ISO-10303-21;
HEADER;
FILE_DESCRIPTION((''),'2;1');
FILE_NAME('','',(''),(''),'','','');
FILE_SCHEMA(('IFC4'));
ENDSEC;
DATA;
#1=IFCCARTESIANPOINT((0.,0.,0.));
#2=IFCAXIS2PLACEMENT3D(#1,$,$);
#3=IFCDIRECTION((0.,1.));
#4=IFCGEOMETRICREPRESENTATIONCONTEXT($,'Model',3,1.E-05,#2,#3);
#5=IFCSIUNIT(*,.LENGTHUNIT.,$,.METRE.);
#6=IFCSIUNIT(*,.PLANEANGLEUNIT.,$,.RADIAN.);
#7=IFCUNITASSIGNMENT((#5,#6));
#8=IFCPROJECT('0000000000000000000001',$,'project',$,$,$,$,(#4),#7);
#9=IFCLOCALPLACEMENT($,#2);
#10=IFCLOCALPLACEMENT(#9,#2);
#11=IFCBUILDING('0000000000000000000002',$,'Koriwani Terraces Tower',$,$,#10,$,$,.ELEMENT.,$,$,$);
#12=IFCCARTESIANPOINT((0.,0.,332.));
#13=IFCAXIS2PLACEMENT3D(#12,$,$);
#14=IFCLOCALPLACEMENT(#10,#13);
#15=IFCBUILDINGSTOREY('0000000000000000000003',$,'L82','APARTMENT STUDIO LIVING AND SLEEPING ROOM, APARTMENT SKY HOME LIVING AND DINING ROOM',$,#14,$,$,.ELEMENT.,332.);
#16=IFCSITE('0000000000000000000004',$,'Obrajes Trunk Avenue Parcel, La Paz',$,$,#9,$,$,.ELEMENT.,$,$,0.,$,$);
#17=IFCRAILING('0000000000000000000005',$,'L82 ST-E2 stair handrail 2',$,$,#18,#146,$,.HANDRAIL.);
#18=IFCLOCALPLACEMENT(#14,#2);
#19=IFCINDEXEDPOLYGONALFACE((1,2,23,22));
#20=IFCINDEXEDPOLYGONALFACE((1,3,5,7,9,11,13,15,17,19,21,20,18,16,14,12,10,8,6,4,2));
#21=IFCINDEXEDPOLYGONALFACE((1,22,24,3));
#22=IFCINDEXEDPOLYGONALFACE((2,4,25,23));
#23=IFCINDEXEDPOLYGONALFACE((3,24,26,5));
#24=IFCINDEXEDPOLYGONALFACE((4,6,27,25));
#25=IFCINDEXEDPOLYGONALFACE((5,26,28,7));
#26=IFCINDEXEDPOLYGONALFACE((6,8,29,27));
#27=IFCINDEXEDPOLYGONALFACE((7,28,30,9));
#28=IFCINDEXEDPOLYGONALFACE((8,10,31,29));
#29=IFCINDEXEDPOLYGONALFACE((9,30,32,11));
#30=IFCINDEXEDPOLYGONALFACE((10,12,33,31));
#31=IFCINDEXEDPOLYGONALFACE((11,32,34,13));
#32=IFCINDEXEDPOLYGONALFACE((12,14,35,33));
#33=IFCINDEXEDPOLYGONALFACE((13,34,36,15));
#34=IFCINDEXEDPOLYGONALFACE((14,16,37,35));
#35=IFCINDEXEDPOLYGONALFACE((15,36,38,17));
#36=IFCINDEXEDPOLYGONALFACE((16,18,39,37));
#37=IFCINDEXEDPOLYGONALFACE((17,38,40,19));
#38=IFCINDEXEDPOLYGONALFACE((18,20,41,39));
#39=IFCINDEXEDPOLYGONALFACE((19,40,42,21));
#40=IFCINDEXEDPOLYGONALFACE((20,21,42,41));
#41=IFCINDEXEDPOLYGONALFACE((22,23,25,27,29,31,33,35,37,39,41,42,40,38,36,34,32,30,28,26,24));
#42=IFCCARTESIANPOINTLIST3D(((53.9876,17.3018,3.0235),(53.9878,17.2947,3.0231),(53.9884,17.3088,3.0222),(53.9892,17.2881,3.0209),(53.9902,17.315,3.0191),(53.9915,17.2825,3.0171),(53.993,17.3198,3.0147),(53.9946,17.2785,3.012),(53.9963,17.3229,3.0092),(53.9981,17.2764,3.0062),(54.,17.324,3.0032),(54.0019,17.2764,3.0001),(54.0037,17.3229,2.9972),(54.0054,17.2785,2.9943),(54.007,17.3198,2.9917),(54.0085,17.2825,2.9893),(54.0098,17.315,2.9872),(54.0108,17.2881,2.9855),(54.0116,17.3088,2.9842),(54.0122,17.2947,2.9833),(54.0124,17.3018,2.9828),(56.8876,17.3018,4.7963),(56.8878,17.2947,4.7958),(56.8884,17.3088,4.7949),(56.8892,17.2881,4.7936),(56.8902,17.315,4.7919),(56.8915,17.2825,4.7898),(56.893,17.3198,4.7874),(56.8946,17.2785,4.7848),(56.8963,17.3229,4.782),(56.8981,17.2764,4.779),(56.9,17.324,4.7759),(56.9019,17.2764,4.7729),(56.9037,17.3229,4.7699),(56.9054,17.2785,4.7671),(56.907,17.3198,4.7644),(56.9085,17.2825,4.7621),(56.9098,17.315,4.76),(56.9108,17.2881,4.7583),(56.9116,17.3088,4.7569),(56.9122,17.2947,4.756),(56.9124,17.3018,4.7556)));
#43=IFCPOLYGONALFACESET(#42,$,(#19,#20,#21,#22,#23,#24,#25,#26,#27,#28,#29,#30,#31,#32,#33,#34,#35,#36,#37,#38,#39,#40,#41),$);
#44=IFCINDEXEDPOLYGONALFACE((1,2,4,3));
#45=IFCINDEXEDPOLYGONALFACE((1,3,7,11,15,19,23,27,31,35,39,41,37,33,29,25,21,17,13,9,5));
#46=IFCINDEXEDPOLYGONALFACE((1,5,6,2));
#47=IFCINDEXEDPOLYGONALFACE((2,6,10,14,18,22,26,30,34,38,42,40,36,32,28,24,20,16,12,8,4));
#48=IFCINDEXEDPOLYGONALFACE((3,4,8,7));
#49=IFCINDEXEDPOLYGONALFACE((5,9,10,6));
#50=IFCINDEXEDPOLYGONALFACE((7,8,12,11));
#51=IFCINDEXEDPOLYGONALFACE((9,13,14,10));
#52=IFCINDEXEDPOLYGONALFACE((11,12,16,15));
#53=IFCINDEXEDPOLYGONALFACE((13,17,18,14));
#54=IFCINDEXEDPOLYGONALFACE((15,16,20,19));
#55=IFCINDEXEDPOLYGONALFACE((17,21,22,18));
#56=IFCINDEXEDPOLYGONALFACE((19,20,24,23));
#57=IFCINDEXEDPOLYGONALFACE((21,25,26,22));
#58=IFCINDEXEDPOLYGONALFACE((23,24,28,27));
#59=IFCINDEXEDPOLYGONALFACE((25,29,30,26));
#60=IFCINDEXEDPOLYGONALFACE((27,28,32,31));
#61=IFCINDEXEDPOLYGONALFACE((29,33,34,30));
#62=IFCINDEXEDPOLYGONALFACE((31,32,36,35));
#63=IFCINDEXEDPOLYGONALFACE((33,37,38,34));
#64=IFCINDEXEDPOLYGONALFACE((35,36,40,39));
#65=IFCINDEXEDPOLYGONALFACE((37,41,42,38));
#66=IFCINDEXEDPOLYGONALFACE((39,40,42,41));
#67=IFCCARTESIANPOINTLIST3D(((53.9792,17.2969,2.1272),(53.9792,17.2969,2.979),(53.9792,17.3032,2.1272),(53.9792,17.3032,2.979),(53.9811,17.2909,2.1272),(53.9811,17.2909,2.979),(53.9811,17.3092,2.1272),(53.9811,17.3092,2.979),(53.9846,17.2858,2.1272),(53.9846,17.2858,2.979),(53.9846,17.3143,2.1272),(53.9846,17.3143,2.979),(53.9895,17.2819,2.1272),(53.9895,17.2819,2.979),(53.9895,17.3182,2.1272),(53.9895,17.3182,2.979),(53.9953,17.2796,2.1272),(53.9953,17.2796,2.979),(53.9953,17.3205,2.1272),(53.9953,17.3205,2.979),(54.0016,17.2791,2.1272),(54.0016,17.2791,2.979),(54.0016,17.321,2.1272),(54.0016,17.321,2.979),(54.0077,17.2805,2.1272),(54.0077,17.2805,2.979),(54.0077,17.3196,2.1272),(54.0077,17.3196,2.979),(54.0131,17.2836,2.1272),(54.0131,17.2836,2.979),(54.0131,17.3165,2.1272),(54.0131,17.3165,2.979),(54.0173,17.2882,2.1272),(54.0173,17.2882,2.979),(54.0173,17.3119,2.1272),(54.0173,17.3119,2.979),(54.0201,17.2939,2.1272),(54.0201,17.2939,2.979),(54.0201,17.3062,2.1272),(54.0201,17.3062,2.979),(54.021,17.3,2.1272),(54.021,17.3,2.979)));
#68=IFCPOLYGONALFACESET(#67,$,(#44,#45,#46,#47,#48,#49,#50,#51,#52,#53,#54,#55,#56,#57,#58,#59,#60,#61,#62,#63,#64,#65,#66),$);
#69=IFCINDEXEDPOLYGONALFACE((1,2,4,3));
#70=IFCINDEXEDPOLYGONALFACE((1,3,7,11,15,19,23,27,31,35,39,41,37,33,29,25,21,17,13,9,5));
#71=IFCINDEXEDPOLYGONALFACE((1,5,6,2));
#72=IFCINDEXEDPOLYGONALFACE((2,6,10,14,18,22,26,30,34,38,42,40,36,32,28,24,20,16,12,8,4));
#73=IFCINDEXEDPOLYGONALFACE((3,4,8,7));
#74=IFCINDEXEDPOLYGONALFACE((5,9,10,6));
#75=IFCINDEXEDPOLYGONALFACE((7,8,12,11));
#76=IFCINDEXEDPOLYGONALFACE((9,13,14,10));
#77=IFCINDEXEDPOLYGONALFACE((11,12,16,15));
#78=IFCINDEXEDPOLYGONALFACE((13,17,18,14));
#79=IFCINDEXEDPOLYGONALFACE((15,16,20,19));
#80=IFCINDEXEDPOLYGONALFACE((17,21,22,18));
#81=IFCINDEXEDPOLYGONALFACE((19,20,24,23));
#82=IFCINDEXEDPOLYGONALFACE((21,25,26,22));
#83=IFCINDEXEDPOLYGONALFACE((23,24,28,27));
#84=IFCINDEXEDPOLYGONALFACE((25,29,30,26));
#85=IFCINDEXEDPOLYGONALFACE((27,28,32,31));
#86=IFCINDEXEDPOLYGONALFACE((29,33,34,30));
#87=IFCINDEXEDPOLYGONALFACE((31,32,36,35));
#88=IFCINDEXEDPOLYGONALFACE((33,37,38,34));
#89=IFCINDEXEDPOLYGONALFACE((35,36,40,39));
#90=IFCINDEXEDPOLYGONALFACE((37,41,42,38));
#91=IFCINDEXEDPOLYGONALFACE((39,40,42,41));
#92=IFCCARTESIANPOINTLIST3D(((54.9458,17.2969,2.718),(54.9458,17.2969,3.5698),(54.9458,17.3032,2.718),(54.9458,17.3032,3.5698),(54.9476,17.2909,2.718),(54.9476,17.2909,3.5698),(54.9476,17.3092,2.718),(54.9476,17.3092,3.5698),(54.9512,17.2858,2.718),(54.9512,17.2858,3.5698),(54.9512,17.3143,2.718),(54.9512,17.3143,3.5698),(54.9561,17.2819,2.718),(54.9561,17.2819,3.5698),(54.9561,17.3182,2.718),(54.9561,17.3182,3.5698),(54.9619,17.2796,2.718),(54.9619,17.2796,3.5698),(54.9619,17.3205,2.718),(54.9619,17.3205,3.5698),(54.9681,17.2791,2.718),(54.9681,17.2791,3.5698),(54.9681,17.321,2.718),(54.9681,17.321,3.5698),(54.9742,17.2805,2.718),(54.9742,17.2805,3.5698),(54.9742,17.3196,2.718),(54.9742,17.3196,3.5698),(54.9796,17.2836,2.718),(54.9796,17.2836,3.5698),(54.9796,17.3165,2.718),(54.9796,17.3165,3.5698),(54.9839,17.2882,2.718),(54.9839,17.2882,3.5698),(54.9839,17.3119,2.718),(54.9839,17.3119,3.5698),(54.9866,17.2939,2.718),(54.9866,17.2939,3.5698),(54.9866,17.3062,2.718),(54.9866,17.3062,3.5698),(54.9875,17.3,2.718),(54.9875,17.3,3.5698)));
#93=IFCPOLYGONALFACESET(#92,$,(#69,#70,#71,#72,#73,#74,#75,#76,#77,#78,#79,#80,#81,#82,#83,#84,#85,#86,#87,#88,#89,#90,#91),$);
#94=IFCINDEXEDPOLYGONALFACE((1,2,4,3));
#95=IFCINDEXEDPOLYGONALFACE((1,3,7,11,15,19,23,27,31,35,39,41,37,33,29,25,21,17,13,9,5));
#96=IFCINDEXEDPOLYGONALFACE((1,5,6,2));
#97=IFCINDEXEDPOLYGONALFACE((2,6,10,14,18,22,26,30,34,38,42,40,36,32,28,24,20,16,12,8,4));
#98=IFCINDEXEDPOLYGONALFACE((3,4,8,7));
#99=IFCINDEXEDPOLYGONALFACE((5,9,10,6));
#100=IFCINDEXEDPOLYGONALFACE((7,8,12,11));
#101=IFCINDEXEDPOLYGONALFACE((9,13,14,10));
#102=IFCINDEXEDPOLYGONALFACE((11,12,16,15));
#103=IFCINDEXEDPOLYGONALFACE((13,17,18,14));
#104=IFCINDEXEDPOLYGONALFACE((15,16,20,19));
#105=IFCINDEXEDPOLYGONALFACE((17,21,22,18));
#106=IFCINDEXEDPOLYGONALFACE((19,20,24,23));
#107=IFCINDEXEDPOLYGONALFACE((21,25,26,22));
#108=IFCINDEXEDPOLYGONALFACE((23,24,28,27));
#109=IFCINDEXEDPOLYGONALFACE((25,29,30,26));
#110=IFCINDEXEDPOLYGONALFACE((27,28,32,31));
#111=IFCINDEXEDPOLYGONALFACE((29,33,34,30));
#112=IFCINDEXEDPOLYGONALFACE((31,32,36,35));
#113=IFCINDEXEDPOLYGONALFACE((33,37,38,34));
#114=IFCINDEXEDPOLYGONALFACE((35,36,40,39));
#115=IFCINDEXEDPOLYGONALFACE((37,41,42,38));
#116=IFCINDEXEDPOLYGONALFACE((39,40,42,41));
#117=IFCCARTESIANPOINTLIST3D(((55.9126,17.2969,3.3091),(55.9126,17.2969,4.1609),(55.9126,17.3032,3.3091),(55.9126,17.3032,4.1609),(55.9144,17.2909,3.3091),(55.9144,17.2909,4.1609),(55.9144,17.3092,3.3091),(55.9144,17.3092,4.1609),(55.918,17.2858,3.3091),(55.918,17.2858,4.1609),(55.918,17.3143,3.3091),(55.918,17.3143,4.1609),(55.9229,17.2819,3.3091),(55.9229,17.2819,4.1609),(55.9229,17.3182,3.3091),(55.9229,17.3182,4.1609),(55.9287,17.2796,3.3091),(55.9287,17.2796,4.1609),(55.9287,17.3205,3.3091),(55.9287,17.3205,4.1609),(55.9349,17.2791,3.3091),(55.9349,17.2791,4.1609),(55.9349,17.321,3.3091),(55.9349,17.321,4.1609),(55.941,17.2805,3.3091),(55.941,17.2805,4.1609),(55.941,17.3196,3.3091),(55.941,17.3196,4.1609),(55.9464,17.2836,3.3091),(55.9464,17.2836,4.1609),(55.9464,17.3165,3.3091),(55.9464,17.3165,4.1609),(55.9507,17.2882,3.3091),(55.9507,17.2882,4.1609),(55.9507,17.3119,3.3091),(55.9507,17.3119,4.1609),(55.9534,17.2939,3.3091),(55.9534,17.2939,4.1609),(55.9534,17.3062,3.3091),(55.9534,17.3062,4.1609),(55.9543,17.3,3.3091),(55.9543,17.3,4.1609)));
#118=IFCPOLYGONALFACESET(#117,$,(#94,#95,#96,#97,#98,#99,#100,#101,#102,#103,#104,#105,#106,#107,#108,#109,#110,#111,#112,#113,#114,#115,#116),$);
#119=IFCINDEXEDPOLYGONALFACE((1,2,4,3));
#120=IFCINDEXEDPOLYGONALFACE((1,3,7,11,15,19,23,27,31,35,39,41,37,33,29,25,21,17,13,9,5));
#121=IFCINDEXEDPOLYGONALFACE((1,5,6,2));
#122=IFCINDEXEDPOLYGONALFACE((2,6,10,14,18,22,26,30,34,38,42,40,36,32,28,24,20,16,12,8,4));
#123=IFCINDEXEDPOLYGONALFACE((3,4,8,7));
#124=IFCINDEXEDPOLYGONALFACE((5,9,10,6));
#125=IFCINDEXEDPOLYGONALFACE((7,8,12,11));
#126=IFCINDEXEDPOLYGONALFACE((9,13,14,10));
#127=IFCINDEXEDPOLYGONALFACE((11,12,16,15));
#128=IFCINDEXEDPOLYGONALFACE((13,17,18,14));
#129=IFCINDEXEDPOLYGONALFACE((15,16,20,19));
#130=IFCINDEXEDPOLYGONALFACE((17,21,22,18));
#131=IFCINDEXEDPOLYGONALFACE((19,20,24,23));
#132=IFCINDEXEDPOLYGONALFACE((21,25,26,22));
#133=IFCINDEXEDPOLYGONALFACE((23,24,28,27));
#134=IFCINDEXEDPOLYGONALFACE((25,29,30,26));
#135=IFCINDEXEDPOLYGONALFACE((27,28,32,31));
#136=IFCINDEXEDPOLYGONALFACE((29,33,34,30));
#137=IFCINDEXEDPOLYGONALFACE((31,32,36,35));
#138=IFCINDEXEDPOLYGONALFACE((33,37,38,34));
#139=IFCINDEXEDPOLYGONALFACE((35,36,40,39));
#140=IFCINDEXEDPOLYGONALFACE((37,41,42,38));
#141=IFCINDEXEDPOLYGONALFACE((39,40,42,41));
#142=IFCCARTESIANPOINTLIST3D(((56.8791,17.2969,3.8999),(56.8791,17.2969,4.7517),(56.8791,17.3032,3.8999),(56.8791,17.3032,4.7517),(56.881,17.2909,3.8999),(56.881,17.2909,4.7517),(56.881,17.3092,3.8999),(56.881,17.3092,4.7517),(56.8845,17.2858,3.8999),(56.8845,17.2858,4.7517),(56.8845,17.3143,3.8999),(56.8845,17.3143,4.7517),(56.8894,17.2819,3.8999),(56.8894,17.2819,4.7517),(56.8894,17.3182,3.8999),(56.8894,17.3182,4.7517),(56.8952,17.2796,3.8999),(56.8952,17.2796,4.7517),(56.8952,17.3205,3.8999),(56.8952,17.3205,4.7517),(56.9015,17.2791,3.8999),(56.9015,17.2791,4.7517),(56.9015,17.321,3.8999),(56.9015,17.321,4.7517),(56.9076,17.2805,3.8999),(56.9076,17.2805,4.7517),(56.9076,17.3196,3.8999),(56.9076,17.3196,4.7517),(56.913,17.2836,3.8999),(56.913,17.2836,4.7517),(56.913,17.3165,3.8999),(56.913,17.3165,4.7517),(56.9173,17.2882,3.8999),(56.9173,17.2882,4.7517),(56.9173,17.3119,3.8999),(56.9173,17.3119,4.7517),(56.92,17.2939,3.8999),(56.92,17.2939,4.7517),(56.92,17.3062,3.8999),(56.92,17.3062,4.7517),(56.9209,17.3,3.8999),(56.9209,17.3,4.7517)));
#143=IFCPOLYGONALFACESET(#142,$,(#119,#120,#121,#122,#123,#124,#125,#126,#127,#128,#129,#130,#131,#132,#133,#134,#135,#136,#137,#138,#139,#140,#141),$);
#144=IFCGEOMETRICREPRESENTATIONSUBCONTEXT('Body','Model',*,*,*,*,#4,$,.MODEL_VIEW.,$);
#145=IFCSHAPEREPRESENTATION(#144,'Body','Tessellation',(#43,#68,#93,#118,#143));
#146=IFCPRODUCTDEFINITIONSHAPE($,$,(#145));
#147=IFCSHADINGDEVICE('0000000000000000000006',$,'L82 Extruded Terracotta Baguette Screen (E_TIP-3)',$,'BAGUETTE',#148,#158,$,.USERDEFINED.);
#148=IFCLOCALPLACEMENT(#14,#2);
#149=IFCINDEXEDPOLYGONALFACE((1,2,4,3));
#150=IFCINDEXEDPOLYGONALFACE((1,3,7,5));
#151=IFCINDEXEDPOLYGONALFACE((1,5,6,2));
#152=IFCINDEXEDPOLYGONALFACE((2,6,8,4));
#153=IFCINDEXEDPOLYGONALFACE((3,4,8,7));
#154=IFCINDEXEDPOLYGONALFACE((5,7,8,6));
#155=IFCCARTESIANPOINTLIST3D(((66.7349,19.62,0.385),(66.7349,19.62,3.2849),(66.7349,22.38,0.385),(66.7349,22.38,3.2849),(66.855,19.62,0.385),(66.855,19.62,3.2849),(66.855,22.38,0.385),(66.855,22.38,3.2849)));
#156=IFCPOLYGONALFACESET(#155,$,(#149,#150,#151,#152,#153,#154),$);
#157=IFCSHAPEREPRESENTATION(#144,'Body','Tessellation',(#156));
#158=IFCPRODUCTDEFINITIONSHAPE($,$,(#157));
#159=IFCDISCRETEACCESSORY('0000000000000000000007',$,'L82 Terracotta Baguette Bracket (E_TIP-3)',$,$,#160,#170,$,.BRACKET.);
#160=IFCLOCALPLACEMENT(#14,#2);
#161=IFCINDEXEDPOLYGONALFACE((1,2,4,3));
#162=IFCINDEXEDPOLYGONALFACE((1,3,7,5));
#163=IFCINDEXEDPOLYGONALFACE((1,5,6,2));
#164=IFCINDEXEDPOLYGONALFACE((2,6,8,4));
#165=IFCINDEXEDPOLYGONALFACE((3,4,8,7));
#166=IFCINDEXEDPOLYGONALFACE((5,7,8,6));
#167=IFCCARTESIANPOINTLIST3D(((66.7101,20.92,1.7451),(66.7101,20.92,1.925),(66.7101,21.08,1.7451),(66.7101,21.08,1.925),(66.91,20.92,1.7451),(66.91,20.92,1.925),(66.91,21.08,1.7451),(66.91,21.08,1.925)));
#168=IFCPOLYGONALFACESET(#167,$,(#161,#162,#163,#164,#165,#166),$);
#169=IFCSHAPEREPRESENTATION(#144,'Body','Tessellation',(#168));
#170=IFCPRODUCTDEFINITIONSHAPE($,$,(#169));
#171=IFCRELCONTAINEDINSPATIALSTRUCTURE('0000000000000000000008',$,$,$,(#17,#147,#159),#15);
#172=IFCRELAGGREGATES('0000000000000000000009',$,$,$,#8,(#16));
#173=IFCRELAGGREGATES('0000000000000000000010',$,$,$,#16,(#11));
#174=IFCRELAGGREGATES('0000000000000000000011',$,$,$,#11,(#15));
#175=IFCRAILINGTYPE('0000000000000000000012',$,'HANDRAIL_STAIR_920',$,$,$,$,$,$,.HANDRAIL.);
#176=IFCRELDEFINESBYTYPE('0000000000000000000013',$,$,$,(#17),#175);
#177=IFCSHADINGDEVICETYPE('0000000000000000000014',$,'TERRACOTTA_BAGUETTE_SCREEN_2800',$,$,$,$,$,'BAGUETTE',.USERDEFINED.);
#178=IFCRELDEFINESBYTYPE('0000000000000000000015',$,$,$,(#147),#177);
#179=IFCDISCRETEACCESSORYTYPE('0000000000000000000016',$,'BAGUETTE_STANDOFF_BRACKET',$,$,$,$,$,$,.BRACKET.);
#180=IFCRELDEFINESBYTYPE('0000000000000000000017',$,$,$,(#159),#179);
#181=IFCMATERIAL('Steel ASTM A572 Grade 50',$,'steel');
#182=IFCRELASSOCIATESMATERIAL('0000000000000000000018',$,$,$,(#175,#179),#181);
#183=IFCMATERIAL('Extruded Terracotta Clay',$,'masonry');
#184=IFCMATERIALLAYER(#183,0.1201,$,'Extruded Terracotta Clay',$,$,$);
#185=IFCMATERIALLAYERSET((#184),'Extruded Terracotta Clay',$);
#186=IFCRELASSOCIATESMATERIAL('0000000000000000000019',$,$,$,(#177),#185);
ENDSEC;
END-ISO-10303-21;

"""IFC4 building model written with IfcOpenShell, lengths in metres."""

from ifc_helpers import new_model, si_unit, direction, frame, origin, origin_2d, place, context, subcontext, project, spatial, rectangle, circle, extrude, material, layer, layer_set, type_object, element, save


model = new_model("IFC4")

# Units and contexts
model_context = context("Model", 3, precision=1e-05, world=origin(), true_north=direction((0.0, 1.0)))
body_context = subcontext(model_context, "Body", "Model", "MODEL_VIEW")
ifc_project = project(units=[si_unit("LENGTHUNIT", "METRE"), si_unit("PLANEANGLEUNIT", "RADIAN")], contexts=[model_context])

# Site, building, storey
site_placement = place(None, origin())
site = spatial("IfcSite", under=ifc_project, at=site_placement, Name="Obrajes Trunk Avenue Parcel, La Paz", CompositionType="ELEMENT", RefElevation=0.0)
building_placement = place(site_placement, origin())
building = spatial("IfcBuilding", under=site, at=building_placement, Name="Koriwani Terraces Tower", CompositionType="ELEMENT")
storey_placement = place(building_placement, frame((0.0, 0.0, 332.0)))
storey = spatial("IfcBuildingStorey", under=building, at=storey_placement, Name="L82", Description="APARTMENT STUDIO LIVING AND SLEEPING ROOM, APARTMENT SKY HOME LIVING AND DINING ROOM", CompositionType="ELEMENT", Elevation=332.0)

# Shared definitions
ifc_material_1 = material(Name="Steel ASTM A572 Grade 50", Category="steel")

# Railing
railing_type_1 = type_object("IfcRailingType", Name="HANDRAIL_STAIR_920", PredefinedType="HANDRAIL", material=ifc_material_1)
railing_1_placement = place(storey_placement, frame((54.0, 17.3, 2.1272)))
element("IfcRailing", 1, at=railing_1_placement, inside=storey, type_object=railing_type_1, Name="L82 ST-E2 stair handrail 2", PredefinedType="HANDRAIL", context=body_context, shape_type="SweptSolid", body=[
    extrude(circle(Radius=0.0239, at=origin_2d()), frame((0.0, 0.0, 0.876), z_axis=(0.853211, 0.0, 0.521566), x_axis=(0.0, 1.0, 0.0)), (0.0, 0.0, 1.0), 3.3989),
    extrude(circle(Radius=0.021, at=origin_2d()), origin(), (0.0, 0.0, 1.0), 0.8518),
    extrude(circle(Radius=0.021, at=origin_2d()), frame((0.9666, 0.0, 0.5908)), (0.0, 0.0, 1.0), 0.8518),
    extrude(circle(Radius=0.021, at=origin_2d()), frame((1.9333, 0.0, 1.1819)), (0.0, 0.0, 1.0), 0.8518),
    extrude(circle(Radius=0.021, at=origin_2d()), frame((2.8999, 0.0, 1.7727)), (0.0, 0.0, 1.0), 0.8518),
])

# Shading device
ifc_material_2 = material(Name="Extruded Terracotta Clay", Category="masonry")
ifc_layer_1 = layer(ifc_material_2, 0.1201, Name="Extruded Terracotta Clay")
ifc_layer_set_1 = layer_set([ifc_layer_1], Name="Extruded Terracotta Clay")
shading_device_type = type_object("IfcShadingDeviceType", Name="TERRACOTTA_BAGUETTE_SCREEN_2800", ElementType="BAGUETTE", PredefinedType="USERDEFINED", material=ifc_layer_set_1)
shading_device_placement = place(storey_placement, frame((66.7949, 21.0, 0.385), z_axis=(0.0, 0.0, 1.0), x_axis=(0.0, -1.0, 0.0)))
element("IfcShadingDevice", 2, at=shading_device_placement, inside=storey, type_object=shading_device_type, Name="L82 Extruded Terracotta Baguette Screen (E_TIP-3)", ObjectType="BAGUETTE", PredefinedType="USERDEFINED", context=body_context, shape_type="SweptSolid", body=[
    extrude(rectangle(XDim=2.76, YDim=0.1201, at=origin_2d()), origin(), (0.0, 0.0, 1.0), 2.8999),
])

# Discrete accessory
discrete_accessory_type = type_object("IfcDiscreteAccessoryType", Name="BAGUETTE_STANDOFF_BRACKET", PredefinedType="BRACKET", material=ifc_material_1)
discrete_accessory_placement = place(storey_placement, frame((66.8101, 21.0, 1.7451), z_axis=(0.0, 0.0, 1.0), x_axis=(0.0, -1.0, 0.0)))
element("IfcDiscreteAccessory", 3, at=discrete_accessory_placement, inside=storey, type_object=discrete_accessory_type, Name="L82 Terracotta Baguette Bracket (E_TIP-3)", PredefinedType="BRACKET", context=body_context, shape_type="SweptSolid", body=[
    extrude(rectangle(XDim=0.1599, YDim=0.2, at=origin_2d()), origin(), (0.0, 0.0, 1.0), 0.1799),
])

save(model, "model.ifc")
